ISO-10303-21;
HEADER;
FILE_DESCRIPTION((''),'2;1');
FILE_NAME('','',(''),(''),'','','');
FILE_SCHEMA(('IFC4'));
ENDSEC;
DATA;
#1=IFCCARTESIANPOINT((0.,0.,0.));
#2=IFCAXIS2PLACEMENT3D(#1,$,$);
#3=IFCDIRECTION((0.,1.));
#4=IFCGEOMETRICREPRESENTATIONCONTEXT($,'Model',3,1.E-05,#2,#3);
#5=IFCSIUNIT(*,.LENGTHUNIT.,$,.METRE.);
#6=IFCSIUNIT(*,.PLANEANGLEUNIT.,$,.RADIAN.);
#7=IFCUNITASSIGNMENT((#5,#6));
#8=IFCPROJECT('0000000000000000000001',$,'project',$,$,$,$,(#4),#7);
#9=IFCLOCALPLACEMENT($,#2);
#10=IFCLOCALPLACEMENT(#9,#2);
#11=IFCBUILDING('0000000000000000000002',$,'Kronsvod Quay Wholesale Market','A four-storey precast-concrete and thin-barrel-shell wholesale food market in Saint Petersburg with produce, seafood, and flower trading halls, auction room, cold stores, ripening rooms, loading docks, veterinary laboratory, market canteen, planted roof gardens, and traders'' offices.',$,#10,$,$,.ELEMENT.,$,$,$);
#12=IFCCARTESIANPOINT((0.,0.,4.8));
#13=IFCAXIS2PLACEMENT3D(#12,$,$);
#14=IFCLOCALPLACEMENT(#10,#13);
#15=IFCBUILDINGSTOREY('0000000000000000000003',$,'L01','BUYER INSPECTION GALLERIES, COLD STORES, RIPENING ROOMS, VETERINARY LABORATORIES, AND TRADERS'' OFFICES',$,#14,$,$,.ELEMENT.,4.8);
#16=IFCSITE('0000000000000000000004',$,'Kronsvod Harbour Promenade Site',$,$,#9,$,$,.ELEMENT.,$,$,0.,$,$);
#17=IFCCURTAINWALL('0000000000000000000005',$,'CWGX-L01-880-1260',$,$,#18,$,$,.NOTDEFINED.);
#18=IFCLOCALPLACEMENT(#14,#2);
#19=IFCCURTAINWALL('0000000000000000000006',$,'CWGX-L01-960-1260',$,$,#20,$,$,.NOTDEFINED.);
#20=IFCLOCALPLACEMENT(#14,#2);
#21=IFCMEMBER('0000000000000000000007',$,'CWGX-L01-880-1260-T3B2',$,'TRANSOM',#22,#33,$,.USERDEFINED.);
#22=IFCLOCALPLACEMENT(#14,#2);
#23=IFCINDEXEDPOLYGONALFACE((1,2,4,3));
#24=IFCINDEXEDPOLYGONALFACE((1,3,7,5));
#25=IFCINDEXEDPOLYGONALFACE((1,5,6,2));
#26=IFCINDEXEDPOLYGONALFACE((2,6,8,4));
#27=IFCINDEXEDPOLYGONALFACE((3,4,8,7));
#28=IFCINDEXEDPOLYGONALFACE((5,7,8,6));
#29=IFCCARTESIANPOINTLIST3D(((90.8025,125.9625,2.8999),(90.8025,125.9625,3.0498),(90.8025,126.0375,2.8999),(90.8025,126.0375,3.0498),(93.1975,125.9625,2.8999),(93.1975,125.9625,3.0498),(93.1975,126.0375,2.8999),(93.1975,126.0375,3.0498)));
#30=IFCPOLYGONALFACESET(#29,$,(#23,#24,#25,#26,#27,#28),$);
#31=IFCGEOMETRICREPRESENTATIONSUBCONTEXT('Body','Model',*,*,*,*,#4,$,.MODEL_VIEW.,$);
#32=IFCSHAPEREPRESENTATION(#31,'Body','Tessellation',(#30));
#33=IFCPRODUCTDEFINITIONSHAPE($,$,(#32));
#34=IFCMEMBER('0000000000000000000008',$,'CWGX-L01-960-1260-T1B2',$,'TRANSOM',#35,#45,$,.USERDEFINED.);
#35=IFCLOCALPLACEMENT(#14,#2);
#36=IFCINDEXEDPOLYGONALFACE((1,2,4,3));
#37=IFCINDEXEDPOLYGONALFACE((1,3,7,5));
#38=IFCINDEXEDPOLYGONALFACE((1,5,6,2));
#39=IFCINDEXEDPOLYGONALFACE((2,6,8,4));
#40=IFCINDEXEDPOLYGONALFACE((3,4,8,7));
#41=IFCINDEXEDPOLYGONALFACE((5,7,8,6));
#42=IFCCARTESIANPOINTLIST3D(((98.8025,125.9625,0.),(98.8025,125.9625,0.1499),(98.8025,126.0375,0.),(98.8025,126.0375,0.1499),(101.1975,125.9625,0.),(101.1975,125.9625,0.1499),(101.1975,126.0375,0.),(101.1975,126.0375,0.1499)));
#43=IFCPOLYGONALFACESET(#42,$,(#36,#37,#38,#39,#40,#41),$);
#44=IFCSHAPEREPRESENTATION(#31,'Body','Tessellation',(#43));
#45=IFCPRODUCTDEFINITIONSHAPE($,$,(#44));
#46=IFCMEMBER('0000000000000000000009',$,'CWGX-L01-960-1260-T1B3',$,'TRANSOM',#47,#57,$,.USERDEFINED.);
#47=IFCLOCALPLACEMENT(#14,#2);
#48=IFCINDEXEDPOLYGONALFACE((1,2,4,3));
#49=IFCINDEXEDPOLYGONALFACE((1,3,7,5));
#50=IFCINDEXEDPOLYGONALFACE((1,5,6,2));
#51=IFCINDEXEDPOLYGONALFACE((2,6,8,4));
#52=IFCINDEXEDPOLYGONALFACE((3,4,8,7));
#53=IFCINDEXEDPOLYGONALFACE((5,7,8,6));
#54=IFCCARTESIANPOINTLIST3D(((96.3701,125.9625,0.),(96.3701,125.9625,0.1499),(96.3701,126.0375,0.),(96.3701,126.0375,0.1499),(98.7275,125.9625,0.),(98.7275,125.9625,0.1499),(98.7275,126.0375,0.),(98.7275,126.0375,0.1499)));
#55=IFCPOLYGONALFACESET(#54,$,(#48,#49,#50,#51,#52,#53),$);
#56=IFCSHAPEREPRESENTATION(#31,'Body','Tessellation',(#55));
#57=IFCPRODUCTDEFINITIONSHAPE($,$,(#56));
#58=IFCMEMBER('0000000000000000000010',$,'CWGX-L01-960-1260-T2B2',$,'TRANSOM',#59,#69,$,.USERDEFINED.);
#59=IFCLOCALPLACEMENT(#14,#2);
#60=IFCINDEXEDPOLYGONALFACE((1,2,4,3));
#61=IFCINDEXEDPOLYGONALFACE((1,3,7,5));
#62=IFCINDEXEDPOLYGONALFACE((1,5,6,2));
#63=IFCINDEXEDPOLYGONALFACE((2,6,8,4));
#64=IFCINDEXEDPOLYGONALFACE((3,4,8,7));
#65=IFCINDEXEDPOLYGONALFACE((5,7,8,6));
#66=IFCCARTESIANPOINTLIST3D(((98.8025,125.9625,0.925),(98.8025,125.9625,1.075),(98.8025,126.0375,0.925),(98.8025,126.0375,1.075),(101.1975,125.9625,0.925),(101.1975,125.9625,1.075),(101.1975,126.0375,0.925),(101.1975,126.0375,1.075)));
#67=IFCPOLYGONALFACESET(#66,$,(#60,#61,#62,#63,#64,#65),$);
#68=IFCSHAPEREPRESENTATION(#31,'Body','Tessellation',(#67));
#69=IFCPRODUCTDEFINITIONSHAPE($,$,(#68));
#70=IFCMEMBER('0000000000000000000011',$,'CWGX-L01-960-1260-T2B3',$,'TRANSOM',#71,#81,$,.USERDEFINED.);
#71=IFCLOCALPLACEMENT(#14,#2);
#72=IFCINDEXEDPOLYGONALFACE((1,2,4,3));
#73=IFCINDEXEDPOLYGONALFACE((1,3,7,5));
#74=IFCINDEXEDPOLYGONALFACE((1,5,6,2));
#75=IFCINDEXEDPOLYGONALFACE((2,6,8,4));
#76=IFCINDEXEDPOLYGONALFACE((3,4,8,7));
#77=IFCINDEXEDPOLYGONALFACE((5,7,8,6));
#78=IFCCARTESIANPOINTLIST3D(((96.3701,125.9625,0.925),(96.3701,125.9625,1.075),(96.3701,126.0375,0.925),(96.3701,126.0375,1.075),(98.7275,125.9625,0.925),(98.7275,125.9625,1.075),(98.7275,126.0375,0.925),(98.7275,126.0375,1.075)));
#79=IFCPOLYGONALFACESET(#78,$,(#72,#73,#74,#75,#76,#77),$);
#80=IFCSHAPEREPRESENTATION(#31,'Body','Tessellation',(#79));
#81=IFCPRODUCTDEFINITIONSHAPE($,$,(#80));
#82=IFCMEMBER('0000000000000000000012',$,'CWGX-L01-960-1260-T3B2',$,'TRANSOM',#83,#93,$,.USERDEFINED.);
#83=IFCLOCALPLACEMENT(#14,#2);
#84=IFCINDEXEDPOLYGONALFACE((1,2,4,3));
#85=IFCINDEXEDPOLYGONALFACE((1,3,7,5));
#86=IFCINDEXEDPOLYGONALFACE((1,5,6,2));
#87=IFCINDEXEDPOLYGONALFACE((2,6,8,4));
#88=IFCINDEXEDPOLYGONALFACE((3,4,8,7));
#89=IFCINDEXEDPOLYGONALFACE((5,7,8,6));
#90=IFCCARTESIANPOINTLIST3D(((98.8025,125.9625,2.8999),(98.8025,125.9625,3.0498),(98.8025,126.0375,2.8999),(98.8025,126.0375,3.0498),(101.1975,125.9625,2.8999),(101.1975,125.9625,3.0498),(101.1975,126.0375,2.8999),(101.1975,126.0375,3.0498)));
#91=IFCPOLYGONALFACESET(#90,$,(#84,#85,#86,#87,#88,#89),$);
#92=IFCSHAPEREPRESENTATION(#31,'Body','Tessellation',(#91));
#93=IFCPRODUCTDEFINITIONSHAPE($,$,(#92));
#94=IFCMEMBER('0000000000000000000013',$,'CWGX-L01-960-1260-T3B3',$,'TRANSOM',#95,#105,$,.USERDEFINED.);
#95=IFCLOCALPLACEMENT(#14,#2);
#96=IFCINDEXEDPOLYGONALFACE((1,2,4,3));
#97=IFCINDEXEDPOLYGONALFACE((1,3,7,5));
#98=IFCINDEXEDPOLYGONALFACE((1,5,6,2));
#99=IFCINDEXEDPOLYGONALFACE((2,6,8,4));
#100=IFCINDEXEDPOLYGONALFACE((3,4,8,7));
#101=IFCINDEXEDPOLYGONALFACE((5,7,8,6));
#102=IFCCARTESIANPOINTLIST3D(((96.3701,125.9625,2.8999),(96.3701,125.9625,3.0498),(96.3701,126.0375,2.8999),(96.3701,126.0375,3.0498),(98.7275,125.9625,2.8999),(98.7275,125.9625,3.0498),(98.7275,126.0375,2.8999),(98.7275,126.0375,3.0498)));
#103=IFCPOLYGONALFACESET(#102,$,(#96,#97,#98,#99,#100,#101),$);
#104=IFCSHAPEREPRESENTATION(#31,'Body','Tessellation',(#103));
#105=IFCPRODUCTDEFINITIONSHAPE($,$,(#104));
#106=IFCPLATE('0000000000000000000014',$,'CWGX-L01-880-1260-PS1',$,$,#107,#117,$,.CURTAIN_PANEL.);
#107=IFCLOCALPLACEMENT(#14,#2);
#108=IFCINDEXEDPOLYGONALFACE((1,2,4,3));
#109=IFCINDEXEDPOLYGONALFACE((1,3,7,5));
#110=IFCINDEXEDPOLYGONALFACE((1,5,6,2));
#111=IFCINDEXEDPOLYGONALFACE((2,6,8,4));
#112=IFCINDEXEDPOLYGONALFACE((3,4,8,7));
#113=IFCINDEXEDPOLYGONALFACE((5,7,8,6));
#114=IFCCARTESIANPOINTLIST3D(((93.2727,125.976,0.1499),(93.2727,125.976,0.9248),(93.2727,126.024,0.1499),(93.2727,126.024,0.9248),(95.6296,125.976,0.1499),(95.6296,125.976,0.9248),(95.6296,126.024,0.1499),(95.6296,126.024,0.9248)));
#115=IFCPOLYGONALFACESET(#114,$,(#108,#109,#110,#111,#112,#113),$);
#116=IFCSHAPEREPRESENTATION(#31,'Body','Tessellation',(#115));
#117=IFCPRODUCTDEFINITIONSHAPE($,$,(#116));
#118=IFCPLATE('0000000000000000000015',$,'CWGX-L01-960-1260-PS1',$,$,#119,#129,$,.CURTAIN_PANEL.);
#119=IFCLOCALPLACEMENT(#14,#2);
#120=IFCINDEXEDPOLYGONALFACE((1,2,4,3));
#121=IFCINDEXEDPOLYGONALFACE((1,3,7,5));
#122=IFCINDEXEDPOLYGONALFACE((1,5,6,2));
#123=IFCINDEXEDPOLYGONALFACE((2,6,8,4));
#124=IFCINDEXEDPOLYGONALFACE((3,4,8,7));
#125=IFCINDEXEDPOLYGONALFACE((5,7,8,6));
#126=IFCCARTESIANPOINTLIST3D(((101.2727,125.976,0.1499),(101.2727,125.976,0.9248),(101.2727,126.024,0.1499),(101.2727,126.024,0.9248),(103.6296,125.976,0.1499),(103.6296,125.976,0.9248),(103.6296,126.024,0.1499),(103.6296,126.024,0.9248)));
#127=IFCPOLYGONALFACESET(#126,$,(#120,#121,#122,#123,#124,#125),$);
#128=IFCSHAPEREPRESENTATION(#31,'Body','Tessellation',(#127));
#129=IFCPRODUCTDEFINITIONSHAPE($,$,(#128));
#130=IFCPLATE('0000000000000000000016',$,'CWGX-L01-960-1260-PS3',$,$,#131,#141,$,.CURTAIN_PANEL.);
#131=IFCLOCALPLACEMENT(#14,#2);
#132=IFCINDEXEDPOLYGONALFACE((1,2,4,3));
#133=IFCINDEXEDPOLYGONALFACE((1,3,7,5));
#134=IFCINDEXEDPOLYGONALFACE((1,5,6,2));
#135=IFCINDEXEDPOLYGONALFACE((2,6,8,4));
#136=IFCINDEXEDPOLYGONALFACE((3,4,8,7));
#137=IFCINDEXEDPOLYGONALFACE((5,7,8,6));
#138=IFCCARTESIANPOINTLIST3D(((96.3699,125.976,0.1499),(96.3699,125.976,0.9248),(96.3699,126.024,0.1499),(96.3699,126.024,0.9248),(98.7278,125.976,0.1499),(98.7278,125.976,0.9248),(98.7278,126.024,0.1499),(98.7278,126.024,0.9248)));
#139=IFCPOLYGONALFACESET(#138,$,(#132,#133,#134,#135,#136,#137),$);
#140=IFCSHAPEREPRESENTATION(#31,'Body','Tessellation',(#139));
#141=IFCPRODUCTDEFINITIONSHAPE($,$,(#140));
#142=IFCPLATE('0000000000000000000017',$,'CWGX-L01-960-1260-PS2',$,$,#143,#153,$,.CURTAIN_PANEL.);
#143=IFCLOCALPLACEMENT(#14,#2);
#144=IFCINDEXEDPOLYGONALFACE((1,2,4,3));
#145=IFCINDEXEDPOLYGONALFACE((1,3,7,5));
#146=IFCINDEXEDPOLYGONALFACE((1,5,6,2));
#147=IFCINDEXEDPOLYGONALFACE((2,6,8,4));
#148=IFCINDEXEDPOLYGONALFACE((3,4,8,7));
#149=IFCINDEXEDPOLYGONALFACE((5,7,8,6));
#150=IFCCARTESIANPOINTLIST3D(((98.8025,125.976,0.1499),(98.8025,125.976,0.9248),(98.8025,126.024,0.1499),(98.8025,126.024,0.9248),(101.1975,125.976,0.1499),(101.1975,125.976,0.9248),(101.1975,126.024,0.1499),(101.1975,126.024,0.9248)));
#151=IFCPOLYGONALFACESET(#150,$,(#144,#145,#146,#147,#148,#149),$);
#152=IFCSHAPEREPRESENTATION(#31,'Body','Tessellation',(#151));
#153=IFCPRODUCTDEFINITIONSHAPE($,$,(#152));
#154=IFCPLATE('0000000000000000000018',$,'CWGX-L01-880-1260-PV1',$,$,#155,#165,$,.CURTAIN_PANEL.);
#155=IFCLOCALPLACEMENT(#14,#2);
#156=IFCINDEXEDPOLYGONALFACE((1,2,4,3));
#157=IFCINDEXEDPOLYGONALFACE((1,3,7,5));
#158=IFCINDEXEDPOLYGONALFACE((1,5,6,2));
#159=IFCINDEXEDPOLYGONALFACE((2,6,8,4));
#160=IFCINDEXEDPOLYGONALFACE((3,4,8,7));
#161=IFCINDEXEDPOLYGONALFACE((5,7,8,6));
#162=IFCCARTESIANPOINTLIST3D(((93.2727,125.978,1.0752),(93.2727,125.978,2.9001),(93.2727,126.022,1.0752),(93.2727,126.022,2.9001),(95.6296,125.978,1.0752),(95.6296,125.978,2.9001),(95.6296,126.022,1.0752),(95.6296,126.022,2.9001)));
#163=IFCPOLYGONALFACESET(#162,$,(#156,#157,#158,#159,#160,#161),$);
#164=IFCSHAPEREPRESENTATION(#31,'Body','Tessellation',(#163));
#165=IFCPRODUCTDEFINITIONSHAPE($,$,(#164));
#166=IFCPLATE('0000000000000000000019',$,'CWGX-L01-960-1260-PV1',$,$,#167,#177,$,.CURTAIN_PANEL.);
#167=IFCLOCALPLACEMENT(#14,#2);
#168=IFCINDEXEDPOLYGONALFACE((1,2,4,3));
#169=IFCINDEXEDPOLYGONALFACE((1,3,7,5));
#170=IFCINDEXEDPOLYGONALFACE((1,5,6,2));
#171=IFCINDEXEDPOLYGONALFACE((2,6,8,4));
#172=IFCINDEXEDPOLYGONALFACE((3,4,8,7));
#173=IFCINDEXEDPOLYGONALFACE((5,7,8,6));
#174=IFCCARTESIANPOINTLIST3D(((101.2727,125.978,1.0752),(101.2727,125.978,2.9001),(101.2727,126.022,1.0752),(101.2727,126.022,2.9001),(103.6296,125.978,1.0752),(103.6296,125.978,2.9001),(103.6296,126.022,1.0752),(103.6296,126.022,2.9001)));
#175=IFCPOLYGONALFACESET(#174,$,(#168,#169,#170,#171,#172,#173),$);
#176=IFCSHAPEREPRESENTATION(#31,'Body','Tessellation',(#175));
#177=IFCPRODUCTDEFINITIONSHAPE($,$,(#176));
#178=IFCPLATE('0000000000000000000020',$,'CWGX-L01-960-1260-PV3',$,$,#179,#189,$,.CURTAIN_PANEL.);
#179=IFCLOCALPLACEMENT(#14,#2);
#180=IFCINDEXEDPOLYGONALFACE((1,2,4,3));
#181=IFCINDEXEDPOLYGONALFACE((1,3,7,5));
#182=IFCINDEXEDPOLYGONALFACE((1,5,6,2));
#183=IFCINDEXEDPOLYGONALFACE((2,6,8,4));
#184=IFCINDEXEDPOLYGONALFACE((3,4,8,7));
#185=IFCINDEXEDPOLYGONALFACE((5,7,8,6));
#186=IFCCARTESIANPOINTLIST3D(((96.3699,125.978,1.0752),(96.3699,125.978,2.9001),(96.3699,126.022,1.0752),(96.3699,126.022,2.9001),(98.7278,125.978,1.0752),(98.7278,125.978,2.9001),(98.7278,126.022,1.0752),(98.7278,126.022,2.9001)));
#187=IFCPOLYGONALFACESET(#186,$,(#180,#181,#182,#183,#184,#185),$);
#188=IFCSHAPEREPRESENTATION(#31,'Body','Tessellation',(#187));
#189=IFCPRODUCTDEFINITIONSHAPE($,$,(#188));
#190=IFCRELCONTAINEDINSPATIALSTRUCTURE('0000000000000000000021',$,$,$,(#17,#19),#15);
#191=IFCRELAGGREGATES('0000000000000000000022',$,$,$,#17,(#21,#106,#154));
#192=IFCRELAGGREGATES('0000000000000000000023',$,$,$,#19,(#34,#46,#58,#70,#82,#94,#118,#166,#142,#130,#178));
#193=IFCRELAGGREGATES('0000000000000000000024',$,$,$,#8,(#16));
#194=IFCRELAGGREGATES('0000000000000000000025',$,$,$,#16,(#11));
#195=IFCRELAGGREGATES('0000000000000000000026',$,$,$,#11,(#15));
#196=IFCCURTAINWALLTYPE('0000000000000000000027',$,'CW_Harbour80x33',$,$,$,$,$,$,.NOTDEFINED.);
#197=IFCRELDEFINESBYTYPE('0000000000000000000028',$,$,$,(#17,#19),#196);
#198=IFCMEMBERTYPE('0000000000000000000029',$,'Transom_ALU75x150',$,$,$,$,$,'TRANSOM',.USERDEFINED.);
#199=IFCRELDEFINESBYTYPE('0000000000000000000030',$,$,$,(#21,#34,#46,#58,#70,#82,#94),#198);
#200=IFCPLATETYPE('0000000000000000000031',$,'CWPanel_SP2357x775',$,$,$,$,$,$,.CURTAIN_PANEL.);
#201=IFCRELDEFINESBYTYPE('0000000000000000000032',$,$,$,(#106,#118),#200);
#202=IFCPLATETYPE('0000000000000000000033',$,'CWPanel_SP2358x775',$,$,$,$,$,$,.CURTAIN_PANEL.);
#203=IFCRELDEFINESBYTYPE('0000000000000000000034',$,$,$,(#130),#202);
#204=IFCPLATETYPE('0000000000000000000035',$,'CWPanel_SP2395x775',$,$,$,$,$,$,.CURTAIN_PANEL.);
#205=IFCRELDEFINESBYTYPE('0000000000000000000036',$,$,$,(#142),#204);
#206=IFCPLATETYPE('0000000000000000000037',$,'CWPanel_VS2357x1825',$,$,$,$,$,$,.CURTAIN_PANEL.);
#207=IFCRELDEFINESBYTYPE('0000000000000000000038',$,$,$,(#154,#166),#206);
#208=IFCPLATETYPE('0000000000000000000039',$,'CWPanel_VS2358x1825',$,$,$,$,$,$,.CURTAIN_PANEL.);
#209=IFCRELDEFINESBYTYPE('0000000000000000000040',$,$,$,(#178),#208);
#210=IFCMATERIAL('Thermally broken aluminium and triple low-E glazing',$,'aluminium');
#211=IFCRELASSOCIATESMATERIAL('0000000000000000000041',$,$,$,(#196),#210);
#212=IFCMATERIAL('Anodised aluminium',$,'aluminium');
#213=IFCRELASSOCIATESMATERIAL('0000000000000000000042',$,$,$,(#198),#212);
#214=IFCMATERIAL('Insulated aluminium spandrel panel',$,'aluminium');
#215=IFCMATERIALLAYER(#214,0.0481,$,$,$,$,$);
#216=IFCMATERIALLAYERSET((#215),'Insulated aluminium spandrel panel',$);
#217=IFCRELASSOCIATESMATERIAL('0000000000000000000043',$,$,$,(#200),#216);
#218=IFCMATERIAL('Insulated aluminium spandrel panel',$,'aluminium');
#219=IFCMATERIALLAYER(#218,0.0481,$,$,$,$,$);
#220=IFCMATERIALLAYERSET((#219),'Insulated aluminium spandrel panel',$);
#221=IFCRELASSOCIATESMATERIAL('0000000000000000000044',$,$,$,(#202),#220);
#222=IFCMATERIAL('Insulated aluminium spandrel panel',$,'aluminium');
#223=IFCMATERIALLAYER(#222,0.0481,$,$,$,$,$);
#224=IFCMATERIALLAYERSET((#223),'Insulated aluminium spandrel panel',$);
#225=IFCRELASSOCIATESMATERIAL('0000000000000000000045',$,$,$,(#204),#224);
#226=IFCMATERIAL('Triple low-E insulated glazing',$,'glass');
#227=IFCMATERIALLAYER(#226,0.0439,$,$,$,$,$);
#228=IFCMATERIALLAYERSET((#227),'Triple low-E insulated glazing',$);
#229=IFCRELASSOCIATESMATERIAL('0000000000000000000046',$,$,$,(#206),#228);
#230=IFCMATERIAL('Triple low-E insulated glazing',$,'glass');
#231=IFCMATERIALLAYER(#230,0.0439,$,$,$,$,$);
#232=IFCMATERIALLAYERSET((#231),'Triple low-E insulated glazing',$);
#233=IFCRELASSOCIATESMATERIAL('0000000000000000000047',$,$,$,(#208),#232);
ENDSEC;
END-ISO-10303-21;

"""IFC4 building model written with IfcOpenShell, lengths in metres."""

from ifc_helpers import new_model, si_unit, direction, frame, origin, origin_2d, place, context, subcontext, project, spatial, rectangle, extrude, material, layer, layer_set, material_profile, profile_set, type_object, element, aggregate, save


model = new_model("IFC4")

# Units and contexts
model_context = context("Model", 3, precision=1e-05, world=origin(), true_north=direction((0.0, 1.0)))
body_context = subcontext(model_context, "Body", "Model", "MODEL_VIEW")
ifc_project = project(units=[si_unit("LENGTHUNIT", "METRE"), si_unit("PLANEANGLEUNIT", "RADIAN")], contexts=[model_context])

# Site, building, storey
site_placement = place(None, origin())
site = spatial("IfcSite", under=ifc_project, at=site_placement, Name="Kronsvod Harbour Promenade Site", CompositionType="ELEMENT", RefElevation=0.0)
building_placement = place(site_placement, origin())
building = spatial("IfcBuilding", under=site, at=building_placement, Name="Kronsvod Quay Wholesale Market", Description="A four-storey precast-concrete and thin-barrel-shell wholesale food market in Saint Petersburg with produce, seafood, and flower trading halls, auction room, cold stores, ripening rooms, loading docks, veterinary laboratory, market canteen, planted roof gardens, and traders' offices.", CompositionType="ELEMENT")
storey_placement = place(building_placement, frame((0.0, 0.0, 4.8)))
storey = spatial("IfcBuildingStorey", under=building, at=storey_placement, Name="L01", Description="BUYER INSPECTION GALLERIES, COLD STORES, RIPENING ROOMS, VETERINARY LABORATORIES, AND TRADERS' OFFICES", CompositionType="ELEMENT", Elevation=4.8)

# Curtain walls
ifc_material_1 = material(Name="Thermally broken aluminium and triple low-E glazing", Category="aluminium")
curtain_wall_type = type_object("IfcCurtainWallType", Name="CW_Harbour80x33", PredefinedType="NOTDEFINED", material=ifc_material_1)
curtain_wall_1_placement = place(storey_placement, origin())
curtain_wall_1 = element("IfcCurtainWall", 1, at=curtain_wall_1_placement, inside=storey, type_object=curtain_wall_type, Name="CWGX-L01-880-1260", PredefinedType="NOTDEFINED")
curtain_wall_2_placement = place(storey_placement, origin())
curtain_wall_2 = element("IfcCurtainWall", 2, at=curtain_wall_2_placement, inside=storey, type_object=curtain_wall_type, Name="CWGX-L01-960-1260", PredefinedType="NOTDEFINED")

# Members
ifc_material_2 = material(Name="Anodised aluminium", Category="aluminium")
ifc_material_profile_1 = material_profile(ifc_material_2, rectangle(XDim=0.075, YDim=0.1499, at=origin_2d()), Name="ALUT75x150")
ifc_profile_set_1 = profile_set([ifc_material_profile_1], Name="Anodised aluminium")
member_type_1 = type_object("IfcMemberType", Name="Transom_ALU75x150", ElementType="TRANSOM", PredefinedType="USERDEFINED", material=ifc_profile_set_1)
member_1_placement = place(storey_placement, frame((93.1975, 126.0, 2.9749), z_axis=(-1.0, 0.0, 0.0), x_axis=(0.0, -1.0, 0.0)))
member_1 = element("IfcMember", 3, at=member_1_placement, type_object=member_type_1, Name="CWGX-L01-880-1260-T3B2", ObjectType="TRANSOM", PredefinedType="USERDEFINED", context=body_context, shape_type="SweptSolid", body=[
    extrude(rectangle(XDim=0.075, YDim=0.1499, at=origin_2d()), origin(), (0.0, 0.0, 1.0), 2.395),
])
member_2_placement = place(storey_placement, frame((101.1975, 126.0, 0.075), z_axis=(-1.0, 0.0, 0.0), x_axis=(0.0, -1.0, 0.0)))
member_2 = element("IfcMember", 4, at=member_2_placement, type_object=member_type_1, Name="CWGX-L01-960-1260-T1B2", ObjectType="TRANSOM", PredefinedType="USERDEFINED", context=body_context, shape_type="SweptSolid", body=[
    extrude(rectangle(XDim=0.075, YDim=0.1499, at=origin_2d()), origin(), (0.0, 0.0, 1.0), 2.395),
])
member_3_placement = place(storey_placement, frame((98.7275, 126.0, 0.075), z_axis=(-1.0, 0.0, 0.0), x_axis=(0.0, -1.0, 0.0)))
member_3 = element("IfcMember", 5, at=member_3_placement, type_object=member_type_1, Name="CWGX-L01-960-1260-T1B3", ObjectType="TRANSOM", PredefinedType="USERDEFINED", context=body_context, shape_type="SweptSolid", body=[
    extrude(rectangle(XDim=0.075, YDim=0.1499, at=origin_2d()), origin(), (0.0, 0.0, 1.0), 2.3574),
])
member_4_placement = place(storey_placement, frame((101.1975, 126.0, 1.0), z_axis=(-1.0, 0.0, 0.0), x_axis=(0.0, -1.0, 0.0)))
member_4 = element("IfcMember", 6, at=member_4_placement, type_object=member_type_1, Name="CWGX-L01-960-1260-T2B2", ObjectType="TRANSOM", PredefinedType="USERDEFINED", context=body_context, shape_type="SweptSolid", body=[
    extrude(rectangle(XDim=0.075, YDim=0.1499, at=origin_2d()), origin(), (0.0, 0.0, 1.0), 2.395),
])
member_5_placement = place(storey_placement, frame((98.7275, 126.0, 1.0), z_axis=(-1.0, 0.0, 0.0), x_axis=(0.0, -1.0, 0.0)))
member_5 = element("IfcMember", 7, at=member_5_placement, type_object=member_type_1, Name="CWGX-L01-960-1260-T2B3", ObjectType="TRANSOM", PredefinedType="USERDEFINED", context=body_context, shape_type="SweptSolid", body=[
    extrude(rectangle(XDim=0.075, YDim=0.1499, at=origin_2d()), origin(), (0.0, 0.0, 1.0), 2.3574),
])
member_6_placement = place(storey_placement, frame((101.1975, 126.0, 2.9749), z_axis=(-1.0, 0.0, 0.0), x_axis=(0.0, -1.0, 0.0)))
member_6 = element("IfcMember", 8, at=member_6_placement, type_object=member_type_1, Name="CWGX-L01-960-1260-T3B2", ObjectType="TRANSOM", PredefinedType="USERDEFINED", context=body_context, shape_type="SweptSolid", body=[
    extrude(rectangle(XDim=0.075, YDim=0.1499, at=origin_2d()), origin(), (0.0, 0.0, 1.0), 2.395),
])
member_7_placement = place(storey_placement, frame((98.7275, 126.0, 2.9749), z_axis=(-1.0, 0.0, 0.0), x_axis=(0.0, -1.0, 0.0)))
member_7 = element("IfcMember", 9, at=member_7_placement, type_object=member_type_1, Name="CWGX-L01-960-1260-T3B3", ObjectType="TRANSOM", PredefinedType="USERDEFINED", context=body_context, shape_type="SweptSolid", body=[
    extrude(rectangle(XDim=0.075, YDim=0.1499, at=origin_2d()), origin(), (0.0, 0.0, 1.0), 2.3574),
])

# Plates
ifc_material_3 = material(Name="Insulated aluminium spandrel panel", Category="aluminium")
ifc_layer_1 = layer(ifc_material_3, 0.0481)
ifc_layer_set_1 = layer_set([ifc_layer_1], Name="Insulated aluminium spandrel panel")
plate_type_1 = type_object("IfcPlateType", Name="CWPanel_SP2357x775", PredefinedType="CURTAIN_PANEL", material=ifc_layer_set_1)
plate_1_placement = place(storey_placement, frame((94.4512, 126.0, 0.1499), z_axis=(0.0, 0.0, 1.0), x_axis=(-1.0, 0.0, 0.0)))
plate_1 = element("IfcPlate", 10, at=plate_1_placement, type_object=plate_type_1, Name="CWGX-L01-880-1260-PS1", PredefinedType="CURTAIN_PANEL", context=body_context, shape_type="SweptSolid", body=[
    extrude(rectangle(XDim=2.3569, YDim=0.0481, at=origin_2d()), origin(), (0.0, 0.0, 1.0), 0.7749),
])
plate_2_placement = place(storey_placement, frame((102.4512, 126.0, 0.1499), z_axis=(0.0, 0.0, 1.0), x_axis=(-1.0, 0.0, 0.0)))
plate_2 = element("IfcPlate", 11, at=plate_2_placement, type_object=plate_type_1, Name="CWGX-L01-960-1260-PS1", PredefinedType="CURTAIN_PANEL", context=body_context, shape_type="SweptSolid", body=[
    extrude(rectangle(XDim=2.3569, YDim=0.0481, at=origin_2d()), origin(), (0.0, 0.0, 1.0), 0.7749),
])
ifc_material_4 = material(Name="Insulated aluminium spandrel panel", Category="aluminium")
ifc_layer_2 = layer(ifc_material_4, 0.0481)
ifc_layer_set_2 = layer_set([ifc_layer_2], Name="Insulated aluminium spandrel panel")
plate_type_2 = type_object("IfcPlateType", Name="CWPanel_SP2358x775", PredefinedType="CURTAIN_PANEL", material=ifc_layer_set_2)
plate_3_placement = place(storey_placement, frame((97.5488, 126.0, 0.1499), z_axis=(0.0, 0.0, 1.0), x_axis=(-1.0, 0.0, 0.0)))
plate_3 = element("IfcPlate", 12, at=plate_3_placement, type_object=plate_type_2, Name="CWGX-L01-960-1260-PS3", PredefinedType="CURTAIN_PANEL", context=body_context, shape_type="SweptSolid", body=[
    extrude(rectangle(XDim=2.3579, YDim=0.0481, at=origin_2d()), origin(), (0.0, 0.0, 1.0), 0.7749),
])
ifc_material_5 = material(Name="Insulated aluminium spandrel panel", Category="aluminium")
ifc_layer_3 = layer(ifc_material_5, 0.0481)
ifc_layer_set_3 = layer_set([ifc_layer_3], Name="Insulated aluminium spandrel panel")
plate_type_3 = type_object("IfcPlateType", Name="CWPanel_SP2395x775", PredefinedType="CURTAIN_PANEL", material=ifc_layer_set_3)
plate_4_placement = place(storey_placement, frame((100.0, 126.0, 0.1499), z_axis=(0.0, 0.0, 1.0), x_axis=(-1.0, 0.0, 0.0)))
plate_4 = element("IfcPlate", 13, at=plate_4_placement, type_object=plate_type_3, Name="CWGX-L01-960-1260-PS2", PredefinedType="CURTAIN_PANEL", context=body_context, shape_type="SweptSolid", body=[
    extrude(rectangle(XDim=2.395, YDim=0.0481, at=origin_2d()), origin(), (0.0, 0.0, 1.0), 0.7749),
])
ifc_material_6 = material(Name="Triple low-E insulated glazing", Category="glass")
ifc_layer_4 = layer(ifc_material_6, 0.0439)
ifc_layer_set_4 = layer_set([ifc_layer_4], Name="Triple low-E insulated glazing")
plate_type_4 = type_object("IfcPlateType", Name="CWPanel_VS2357x1825", PredefinedType="CURTAIN_PANEL", material=ifc_layer_set_4)
plate_5_placement = place(storey_placement, frame((94.4512, 126.0, 1.0752), z_axis=(0.0, 0.0, 1.0), x_axis=(-1.0, 0.0, 0.0)))
plate_5 = element("IfcPlate", 14, at=plate_5_placement, type_object=plate_type_4, Name="CWGX-L01-880-1260-PV1", PredefinedType="CURTAIN_PANEL", context=body_context, shape_type="SweptSolid", body=[
    extrude(rectangle(XDim=2.3569, YDim=0.0439, at=origin_2d()), origin(), (0.0, 0.0, 1.0), 1.825),
])
aggregate(curtain_wall_1, [member_1, plate_1, plate_5])
plate_6_placement = place(storey_placement, frame((102.4512, 126.0, 1.0752), z_axis=(0.0, 0.0, 1.0), x_axis=(-1.0, 0.0, 0.0)))
plate_6 = element("IfcPlate", 15, at=plate_6_placement, type_object=plate_type_4, Name="CWGX-L01-960-1260-PV1", PredefinedType="CURTAIN_PANEL", context=body_context, shape_type="SweptSolid", body=[
    extrude(rectangle(XDim=2.3569, YDim=0.0439, at=origin_2d()), origin(), (0.0, 0.0, 1.0), 1.825),
])
ifc_material_7 = material(Name="Triple low-E insulated glazing", Category="glass")
ifc_layer_5 = layer(ifc_material_7, 0.0439)
ifc_layer_set_5 = layer_set([ifc_layer_5], Name="Triple low-E insulated glazing")
plate_type_5 = type_object("IfcPlateType", Name="CWPanel_VS2358x1825", PredefinedType="CURTAIN_PANEL", material=ifc_layer_set_5)
plate_7_placement = place(storey_placement, frame((97.5488, 126.0, 1.0752), z_axis=(0.0, 0.0, 1.0), x_axis=(-1.0, 0.0, 0.0)))
plate_7 = element("IfcPlate", 16, at=plate_7_placement, type_object=plate_type_5, Name="CWGX-L01-960-1260-PV3", PredefinedType="CURTAIN_PANEL", context=body_context, shape_type="SweptSolid", body=[
    extrude(rectangle(XDim=2.3579, YDim=0.0439, at=origin_2d()), origin(), (0.0, 0.0, 1.0), 1.825),
])
aggregate(curtain_wall_2, [member_2, member_3, member_4, member_5, member_6, member_7, plate_2, plate_6, plate_4, plate_3, plate_7])

save(model, "model.ifc")
